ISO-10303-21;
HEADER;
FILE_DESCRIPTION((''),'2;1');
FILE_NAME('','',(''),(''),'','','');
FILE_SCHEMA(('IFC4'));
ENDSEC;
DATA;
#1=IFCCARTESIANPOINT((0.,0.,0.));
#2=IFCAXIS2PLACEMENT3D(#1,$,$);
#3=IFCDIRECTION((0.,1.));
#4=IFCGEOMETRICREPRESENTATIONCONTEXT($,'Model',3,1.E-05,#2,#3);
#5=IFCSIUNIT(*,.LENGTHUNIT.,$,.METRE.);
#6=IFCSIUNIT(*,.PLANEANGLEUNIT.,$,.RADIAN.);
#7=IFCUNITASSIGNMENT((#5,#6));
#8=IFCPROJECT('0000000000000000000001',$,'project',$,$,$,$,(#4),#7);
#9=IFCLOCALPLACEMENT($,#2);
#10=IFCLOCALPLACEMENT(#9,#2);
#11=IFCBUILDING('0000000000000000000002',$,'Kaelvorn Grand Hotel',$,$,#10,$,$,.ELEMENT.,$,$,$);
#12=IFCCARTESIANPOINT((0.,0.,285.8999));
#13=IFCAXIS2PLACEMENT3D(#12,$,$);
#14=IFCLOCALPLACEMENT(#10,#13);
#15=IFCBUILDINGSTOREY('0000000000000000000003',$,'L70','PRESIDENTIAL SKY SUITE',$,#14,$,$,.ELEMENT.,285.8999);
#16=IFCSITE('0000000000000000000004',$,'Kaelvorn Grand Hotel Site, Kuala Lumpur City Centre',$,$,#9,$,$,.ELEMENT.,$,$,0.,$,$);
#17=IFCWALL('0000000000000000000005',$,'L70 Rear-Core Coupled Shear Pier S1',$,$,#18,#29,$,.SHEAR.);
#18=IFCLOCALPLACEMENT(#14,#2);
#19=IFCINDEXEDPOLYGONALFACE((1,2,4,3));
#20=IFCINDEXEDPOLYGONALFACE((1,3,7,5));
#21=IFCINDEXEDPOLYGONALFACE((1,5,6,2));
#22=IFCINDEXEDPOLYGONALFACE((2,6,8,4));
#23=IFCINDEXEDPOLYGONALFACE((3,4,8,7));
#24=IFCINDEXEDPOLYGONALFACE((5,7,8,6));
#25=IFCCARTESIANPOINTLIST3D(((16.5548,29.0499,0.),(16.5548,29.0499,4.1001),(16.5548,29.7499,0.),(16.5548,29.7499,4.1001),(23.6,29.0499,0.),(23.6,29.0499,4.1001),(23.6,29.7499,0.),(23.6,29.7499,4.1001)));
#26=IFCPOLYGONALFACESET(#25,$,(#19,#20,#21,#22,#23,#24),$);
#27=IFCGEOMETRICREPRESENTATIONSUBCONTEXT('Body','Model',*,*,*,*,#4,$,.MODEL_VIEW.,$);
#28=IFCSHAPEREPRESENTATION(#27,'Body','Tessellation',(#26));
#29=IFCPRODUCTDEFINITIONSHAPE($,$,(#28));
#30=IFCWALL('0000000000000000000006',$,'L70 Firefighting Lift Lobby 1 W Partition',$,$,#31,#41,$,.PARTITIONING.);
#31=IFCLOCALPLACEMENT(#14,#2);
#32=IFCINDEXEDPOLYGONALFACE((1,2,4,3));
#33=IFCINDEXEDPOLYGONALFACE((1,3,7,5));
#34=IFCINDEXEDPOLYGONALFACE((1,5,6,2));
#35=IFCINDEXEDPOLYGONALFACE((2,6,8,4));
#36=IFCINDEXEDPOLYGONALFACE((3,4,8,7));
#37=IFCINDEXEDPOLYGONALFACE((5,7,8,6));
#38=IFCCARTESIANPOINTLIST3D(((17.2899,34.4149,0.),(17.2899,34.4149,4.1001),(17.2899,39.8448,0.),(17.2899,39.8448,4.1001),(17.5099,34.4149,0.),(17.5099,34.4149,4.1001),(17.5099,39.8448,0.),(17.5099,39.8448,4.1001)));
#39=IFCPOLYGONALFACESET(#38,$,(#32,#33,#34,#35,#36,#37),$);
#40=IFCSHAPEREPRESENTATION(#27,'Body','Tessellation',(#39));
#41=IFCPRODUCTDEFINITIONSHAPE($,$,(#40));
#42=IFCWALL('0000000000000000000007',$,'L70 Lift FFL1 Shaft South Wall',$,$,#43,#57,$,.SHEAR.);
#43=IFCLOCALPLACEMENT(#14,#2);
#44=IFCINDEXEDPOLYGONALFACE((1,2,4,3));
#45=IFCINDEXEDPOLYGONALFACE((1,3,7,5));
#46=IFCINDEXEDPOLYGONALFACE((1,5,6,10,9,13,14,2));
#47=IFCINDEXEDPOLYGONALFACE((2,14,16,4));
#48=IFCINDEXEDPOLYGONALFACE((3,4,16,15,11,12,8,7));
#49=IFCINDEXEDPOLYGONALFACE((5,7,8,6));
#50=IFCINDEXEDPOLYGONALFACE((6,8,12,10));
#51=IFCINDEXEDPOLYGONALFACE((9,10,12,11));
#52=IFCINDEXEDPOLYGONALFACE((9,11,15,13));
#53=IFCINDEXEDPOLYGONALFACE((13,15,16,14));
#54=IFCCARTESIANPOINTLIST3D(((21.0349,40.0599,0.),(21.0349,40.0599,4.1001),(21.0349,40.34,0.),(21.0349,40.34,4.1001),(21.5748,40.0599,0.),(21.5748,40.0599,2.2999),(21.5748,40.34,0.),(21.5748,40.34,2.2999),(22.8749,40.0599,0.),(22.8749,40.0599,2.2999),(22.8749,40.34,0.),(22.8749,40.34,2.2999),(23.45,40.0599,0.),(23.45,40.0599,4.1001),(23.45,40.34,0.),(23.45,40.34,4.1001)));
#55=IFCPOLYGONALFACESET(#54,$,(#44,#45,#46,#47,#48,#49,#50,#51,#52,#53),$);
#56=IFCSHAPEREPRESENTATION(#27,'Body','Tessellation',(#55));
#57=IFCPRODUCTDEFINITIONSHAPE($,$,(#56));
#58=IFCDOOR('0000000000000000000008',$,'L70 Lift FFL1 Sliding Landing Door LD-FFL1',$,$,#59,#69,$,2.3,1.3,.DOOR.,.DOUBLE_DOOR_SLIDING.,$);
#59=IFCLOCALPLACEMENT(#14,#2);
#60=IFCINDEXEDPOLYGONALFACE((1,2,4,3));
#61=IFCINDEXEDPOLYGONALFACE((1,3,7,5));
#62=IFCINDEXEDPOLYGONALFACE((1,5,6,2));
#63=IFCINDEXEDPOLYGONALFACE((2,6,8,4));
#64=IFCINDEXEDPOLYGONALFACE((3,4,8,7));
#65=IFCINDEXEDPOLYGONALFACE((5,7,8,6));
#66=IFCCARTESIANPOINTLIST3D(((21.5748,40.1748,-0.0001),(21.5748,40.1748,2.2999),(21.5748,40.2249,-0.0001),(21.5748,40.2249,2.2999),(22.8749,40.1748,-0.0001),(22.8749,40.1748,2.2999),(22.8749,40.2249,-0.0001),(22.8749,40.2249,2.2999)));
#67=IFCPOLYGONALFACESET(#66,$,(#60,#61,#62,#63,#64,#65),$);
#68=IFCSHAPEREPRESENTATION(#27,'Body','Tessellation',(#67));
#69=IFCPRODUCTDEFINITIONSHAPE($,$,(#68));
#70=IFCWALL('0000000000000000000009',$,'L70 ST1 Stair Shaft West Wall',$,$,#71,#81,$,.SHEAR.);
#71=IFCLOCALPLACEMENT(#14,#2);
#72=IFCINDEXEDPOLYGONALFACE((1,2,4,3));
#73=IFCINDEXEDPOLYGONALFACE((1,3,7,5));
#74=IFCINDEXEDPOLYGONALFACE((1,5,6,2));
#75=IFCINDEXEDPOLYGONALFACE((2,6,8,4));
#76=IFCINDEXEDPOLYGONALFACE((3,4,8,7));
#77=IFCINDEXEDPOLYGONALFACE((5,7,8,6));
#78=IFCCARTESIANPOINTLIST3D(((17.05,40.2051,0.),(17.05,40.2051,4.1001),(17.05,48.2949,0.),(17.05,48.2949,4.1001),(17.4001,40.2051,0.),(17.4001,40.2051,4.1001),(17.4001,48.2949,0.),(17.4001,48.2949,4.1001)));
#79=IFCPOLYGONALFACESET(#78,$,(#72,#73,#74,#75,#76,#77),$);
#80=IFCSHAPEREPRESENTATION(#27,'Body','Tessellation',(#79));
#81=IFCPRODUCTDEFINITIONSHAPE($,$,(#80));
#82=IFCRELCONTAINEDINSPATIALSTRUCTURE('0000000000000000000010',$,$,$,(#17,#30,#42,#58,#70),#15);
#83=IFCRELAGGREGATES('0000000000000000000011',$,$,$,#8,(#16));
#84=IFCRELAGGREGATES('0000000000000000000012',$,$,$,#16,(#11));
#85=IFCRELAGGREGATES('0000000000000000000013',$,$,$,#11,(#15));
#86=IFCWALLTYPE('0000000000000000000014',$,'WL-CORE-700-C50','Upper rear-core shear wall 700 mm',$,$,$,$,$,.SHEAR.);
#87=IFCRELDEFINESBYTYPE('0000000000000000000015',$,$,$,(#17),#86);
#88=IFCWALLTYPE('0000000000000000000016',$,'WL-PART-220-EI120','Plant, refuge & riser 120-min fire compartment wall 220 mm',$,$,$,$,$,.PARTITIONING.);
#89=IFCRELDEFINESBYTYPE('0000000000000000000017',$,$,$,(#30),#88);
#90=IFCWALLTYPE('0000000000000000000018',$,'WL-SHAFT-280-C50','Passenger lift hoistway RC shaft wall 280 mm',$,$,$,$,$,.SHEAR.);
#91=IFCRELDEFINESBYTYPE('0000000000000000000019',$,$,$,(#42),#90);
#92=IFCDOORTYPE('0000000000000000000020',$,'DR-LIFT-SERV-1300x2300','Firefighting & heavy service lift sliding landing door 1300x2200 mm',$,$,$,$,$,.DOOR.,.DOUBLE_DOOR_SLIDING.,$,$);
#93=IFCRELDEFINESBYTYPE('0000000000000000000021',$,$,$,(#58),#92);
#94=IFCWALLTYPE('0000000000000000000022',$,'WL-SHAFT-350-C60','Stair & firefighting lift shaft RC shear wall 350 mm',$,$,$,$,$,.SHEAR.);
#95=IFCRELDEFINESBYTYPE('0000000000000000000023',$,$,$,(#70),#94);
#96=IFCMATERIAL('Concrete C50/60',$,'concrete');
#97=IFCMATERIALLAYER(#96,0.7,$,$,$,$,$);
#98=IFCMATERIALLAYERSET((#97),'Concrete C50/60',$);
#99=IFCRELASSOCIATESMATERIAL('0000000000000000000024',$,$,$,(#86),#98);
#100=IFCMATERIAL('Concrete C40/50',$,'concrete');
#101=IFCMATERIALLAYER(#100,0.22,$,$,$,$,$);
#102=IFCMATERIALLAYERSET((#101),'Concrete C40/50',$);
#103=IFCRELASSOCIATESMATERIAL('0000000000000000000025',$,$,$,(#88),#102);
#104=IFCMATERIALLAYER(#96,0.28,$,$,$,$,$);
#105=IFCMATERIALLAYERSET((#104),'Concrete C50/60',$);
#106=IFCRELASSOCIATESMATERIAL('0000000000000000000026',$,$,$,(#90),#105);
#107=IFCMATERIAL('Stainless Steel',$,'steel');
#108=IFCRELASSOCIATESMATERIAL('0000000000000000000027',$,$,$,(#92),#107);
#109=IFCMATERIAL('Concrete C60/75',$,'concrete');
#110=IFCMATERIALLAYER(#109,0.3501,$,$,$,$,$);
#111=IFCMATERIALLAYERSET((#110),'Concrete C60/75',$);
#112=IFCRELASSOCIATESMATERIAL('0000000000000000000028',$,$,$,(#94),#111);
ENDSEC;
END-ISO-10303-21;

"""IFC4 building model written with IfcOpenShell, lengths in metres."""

from ifc_helpers import new_model, si_unit, direction, frame, frame_2d, origin, place, context, subcontext, project, spatial, rectangle, extrude, material, layer, layer_set, type_object, element, fill, save


model = new_model("IFC4")

# Units and contexts
model_context = context("Model", 3, precision=1e-05, world=origin(), true_north=direction((0.0, 1.0)))
body_context = subcontext(model_context, "Body", "Model", "MODEL_VIEW")
ifc_project = project(units=[si_unit("LENGTHUNIT", "METRE"), si_unit("PLANEANGLEUNIT", "RADIAN")], contexts=[model_context])

# Site, building, storey
site_placement = place(None, origin())
site = spatial("IfcSite", under=ifc_project, at=site_placement, Name="Kaelvorn Grand Hotel Site, Kuala Lumpur City Centre", CompositionType="ELEMENT", RefElevation=0.0)
building_placement = place(site_placement, origin())
building = spatial("IfcBuilding", under=site, at=building_placement, Name="Kaelvorn Grand Hotel", CompositionType="ELEMENT")
storey_placement = place(building_placement, frame((0.0, 0.0, 285.8999)))
storey = spatial("IfcBuildingStorey", under=building, at=storey_placement, Name="L70", Description="PRESIDENTIAL SKY SUITE", CompositionType="ELEMENT", Elevation=285.8999)

# Shared definitions
ifc_material_1 = material(Name="Concrete C50/60", Category="concrete")

# Shared definitions
ifc_material_2 = material(Name="Concrete C60/75", Category="concrete")

# Wall
ifc_layer_1 = layer(ifc_material_1, 0.7)
ifc_layer_set_1 = layer_set([ifc_layer_1], Name="Concrete C50/60")
wall_type_1 = type_object("IfcWallType", Name="WL-CORE-700-C50", Description="Upper rear-core shear wall 700 mm", PredefinedType="SHEAR", material=ifc_layer_set_1)
wall_1_placement = place(storey_placement, frame((16.5549, 29.3999, 0.0), z_axis=(0.0, 0.0, 1.0), x_axis=(1.0, 0.0, 0.0)))
element("IfcWall", 1, at=wall_1_placement, inside=storey, type_object=wall_type_1, Name="L70 Rear-Core Coupled Shear Pier S1", PredefinedType="SHEAR", context=body_context, shape_type="SweptSolid", body=[
    extrude(rectangle(XDim=7.0452, YDim=0.7, at=frame_2d((3.5225, 0.0))), origin(), (0.0, 0.0, 1.0), 4.1001),
])

# Shared definitions
ifc_material_3 = material(Name="Concrete C40/50", Category="concrete")
ifc_layer_2 = layer(ifc_material_3, 0.22)
ifc_layer_set_2 = layer_set([ifc_layer_2], Name="Concrete C40/50")
wall_type_2 = type_object("IfcWallType", Name="WL-PART-220-EI120", Description="Plant, refuge & riser 120-min fire compartment wall 220 mm", PredefinedType="PARTITIONING", material=ifc_layer_set_2)

# Wall
wall_2_placement = place(storey_placement, frame((17.3999, 34.415, 0.0), z_axis=(0.0, 0.0, 1.0), x_axis=(0.0, 1.0, 0.0)))
element("IfcWall", 2, at=wall_2_placement, inside=storey, type_object=wall_type_2, Name="L70 Firefighting Lift Lobby 1 W Partition", PredefinedType="PARTITIONING", context=body_context, shape_type="SweptSolid", body=[
    extrude(rectangle(XDim=5.4299, YDim=0.22, at=frame_2d((2.7148, 0.0))), origin(), (0.0, 0.0, 1.0), 4.1001),
])

# Wall, opening, door
ifc_layer_3 = layer(ifc_material_1, 0.28)
ifc_layer_set_3 = layer_set([ifc_layer_3], Name="Concrete C50/60")
wall_type_3 = type_object("IfcWallType", Name="WL-SHAFT-280-C50", Description="Passenger lift hoistway RC shaft wall 280 mm", PredefinedType="SHEAR", material=ifc_layer_set_3)
wall_3_placement = place(storey_placement, frame((21.0349, 40.2, 0.0), z_axis=(0.0, 0.0, 1.0), x_axis=(1.0, 0.0, 0.0)))
wall_3 = element("IfcWall", 3, at=wall_3_placement, inside=storey, type_object=wall_type_3, Name="L70 Lift FFL1 Shaft South Wall", PredefinedType="SHEAR", context=body_context, shape_type="SweptSolid", body=[
    extrude(rectangle(XDim=2.415, YDim=0.28, at=frame_2d((1.2075, 0.0))), origin(), (0.0, 0.0, 1.0), 4.1001),
])
opening_1_placement = place(wall_3_placement, frame((0.54, 0.0, 0.0)))
opening_1 = element("IfcOpeningElement", 4, at=opening_1_placement, cuts=wall_3, PredefinedType="OPENING", context=body_context, shape_type="SweptSolid", body=[
    extrude(rectangle(XDim=1.3, YDim=2.3, at=frame_2d((0.6499, 1.1499))), frame((0.0, 0.1499, 0.0), z_axis=(0.0, -1.0, 0.0), x_axis=(1.0, 0.0, 0.0)), (0.0, 0.0, 1.0), 0.3),
])
ifc_material_4 = material(Name="Stainless Steel", Category="steel")
door_type_1 = type_object("IfcDoorType", Name="DR-LIFT-SERV-1300x2300", Description="Firefighting & heavy service lift sliding landing door 1300x2200 mm", OperationType="DOUBLE_DOOR_SLIDING", PredefinedType="DOOR", material=ifc_material_4)
door_1_placement = place(opening_1_placement, origin())
door_1 = element("IfcDoor", 5, at=door_1_placement, inside=storey, type_object=door_type_1, Name="L70 Lift FFL1 Sliding Landing Door LD-FFL1", OperationType="DOUBLE_DOOR_SLIDING", OverallHeight=2.3, OverallWidth=1.3, PredefinedType="DOOR", context=body_context, shape_type="SweptSolid", body=[
    extrude(rectangle(XDim=1.3, YDim=2.3, at=frame_2d((0.6499, 1.1499))), frame((0.0, 0.0249, 0.0), z_axis=(0.0, -1.0, 0.0), x_axis=(1.0, 0.0, 0.0)), (0.0, 0.0, 1.0), 0.05),
])
fill(opening_1, door_1)
ifc_layer_4 = layer(ifc_material_2, 0.3501)
ifc_layer_set_4 = layer_set([ifc_layer_4], Name="Concrete C60/75")
wall_type_4 = type_object("IfcWallType", Name="WL-SHAFT-350-C60", Description="Stair & firefighting lift shaft RC shear wall 350 mm", PredefinedType="SHEAR", material=ifc_layer_set_4)

# Wall
wall_4_placement = place(storey_placement, frame((17.2251, 40.2051, 0.0), z_axis=(0.0, 0.0, 1.0), x_axis=(0.0, 1.0, 0.0)))
element("IfcWall", 6, at=wall_4_placement, inside=storey, type_object=wall_type_4, Name="L70 ST1 Stair Shaft West Wall", PredefinedType="SHEAR", context=body_context, shape_type="SweptSolid", body=[
    extrude(rectangle(XDim=8.0898, YDim=0.3501, at=frame_2d((4.0449, 0.0))), origin(), (0.0, 0.0, 1.0), 4.1001),
])

save(model, "model.ifc")
